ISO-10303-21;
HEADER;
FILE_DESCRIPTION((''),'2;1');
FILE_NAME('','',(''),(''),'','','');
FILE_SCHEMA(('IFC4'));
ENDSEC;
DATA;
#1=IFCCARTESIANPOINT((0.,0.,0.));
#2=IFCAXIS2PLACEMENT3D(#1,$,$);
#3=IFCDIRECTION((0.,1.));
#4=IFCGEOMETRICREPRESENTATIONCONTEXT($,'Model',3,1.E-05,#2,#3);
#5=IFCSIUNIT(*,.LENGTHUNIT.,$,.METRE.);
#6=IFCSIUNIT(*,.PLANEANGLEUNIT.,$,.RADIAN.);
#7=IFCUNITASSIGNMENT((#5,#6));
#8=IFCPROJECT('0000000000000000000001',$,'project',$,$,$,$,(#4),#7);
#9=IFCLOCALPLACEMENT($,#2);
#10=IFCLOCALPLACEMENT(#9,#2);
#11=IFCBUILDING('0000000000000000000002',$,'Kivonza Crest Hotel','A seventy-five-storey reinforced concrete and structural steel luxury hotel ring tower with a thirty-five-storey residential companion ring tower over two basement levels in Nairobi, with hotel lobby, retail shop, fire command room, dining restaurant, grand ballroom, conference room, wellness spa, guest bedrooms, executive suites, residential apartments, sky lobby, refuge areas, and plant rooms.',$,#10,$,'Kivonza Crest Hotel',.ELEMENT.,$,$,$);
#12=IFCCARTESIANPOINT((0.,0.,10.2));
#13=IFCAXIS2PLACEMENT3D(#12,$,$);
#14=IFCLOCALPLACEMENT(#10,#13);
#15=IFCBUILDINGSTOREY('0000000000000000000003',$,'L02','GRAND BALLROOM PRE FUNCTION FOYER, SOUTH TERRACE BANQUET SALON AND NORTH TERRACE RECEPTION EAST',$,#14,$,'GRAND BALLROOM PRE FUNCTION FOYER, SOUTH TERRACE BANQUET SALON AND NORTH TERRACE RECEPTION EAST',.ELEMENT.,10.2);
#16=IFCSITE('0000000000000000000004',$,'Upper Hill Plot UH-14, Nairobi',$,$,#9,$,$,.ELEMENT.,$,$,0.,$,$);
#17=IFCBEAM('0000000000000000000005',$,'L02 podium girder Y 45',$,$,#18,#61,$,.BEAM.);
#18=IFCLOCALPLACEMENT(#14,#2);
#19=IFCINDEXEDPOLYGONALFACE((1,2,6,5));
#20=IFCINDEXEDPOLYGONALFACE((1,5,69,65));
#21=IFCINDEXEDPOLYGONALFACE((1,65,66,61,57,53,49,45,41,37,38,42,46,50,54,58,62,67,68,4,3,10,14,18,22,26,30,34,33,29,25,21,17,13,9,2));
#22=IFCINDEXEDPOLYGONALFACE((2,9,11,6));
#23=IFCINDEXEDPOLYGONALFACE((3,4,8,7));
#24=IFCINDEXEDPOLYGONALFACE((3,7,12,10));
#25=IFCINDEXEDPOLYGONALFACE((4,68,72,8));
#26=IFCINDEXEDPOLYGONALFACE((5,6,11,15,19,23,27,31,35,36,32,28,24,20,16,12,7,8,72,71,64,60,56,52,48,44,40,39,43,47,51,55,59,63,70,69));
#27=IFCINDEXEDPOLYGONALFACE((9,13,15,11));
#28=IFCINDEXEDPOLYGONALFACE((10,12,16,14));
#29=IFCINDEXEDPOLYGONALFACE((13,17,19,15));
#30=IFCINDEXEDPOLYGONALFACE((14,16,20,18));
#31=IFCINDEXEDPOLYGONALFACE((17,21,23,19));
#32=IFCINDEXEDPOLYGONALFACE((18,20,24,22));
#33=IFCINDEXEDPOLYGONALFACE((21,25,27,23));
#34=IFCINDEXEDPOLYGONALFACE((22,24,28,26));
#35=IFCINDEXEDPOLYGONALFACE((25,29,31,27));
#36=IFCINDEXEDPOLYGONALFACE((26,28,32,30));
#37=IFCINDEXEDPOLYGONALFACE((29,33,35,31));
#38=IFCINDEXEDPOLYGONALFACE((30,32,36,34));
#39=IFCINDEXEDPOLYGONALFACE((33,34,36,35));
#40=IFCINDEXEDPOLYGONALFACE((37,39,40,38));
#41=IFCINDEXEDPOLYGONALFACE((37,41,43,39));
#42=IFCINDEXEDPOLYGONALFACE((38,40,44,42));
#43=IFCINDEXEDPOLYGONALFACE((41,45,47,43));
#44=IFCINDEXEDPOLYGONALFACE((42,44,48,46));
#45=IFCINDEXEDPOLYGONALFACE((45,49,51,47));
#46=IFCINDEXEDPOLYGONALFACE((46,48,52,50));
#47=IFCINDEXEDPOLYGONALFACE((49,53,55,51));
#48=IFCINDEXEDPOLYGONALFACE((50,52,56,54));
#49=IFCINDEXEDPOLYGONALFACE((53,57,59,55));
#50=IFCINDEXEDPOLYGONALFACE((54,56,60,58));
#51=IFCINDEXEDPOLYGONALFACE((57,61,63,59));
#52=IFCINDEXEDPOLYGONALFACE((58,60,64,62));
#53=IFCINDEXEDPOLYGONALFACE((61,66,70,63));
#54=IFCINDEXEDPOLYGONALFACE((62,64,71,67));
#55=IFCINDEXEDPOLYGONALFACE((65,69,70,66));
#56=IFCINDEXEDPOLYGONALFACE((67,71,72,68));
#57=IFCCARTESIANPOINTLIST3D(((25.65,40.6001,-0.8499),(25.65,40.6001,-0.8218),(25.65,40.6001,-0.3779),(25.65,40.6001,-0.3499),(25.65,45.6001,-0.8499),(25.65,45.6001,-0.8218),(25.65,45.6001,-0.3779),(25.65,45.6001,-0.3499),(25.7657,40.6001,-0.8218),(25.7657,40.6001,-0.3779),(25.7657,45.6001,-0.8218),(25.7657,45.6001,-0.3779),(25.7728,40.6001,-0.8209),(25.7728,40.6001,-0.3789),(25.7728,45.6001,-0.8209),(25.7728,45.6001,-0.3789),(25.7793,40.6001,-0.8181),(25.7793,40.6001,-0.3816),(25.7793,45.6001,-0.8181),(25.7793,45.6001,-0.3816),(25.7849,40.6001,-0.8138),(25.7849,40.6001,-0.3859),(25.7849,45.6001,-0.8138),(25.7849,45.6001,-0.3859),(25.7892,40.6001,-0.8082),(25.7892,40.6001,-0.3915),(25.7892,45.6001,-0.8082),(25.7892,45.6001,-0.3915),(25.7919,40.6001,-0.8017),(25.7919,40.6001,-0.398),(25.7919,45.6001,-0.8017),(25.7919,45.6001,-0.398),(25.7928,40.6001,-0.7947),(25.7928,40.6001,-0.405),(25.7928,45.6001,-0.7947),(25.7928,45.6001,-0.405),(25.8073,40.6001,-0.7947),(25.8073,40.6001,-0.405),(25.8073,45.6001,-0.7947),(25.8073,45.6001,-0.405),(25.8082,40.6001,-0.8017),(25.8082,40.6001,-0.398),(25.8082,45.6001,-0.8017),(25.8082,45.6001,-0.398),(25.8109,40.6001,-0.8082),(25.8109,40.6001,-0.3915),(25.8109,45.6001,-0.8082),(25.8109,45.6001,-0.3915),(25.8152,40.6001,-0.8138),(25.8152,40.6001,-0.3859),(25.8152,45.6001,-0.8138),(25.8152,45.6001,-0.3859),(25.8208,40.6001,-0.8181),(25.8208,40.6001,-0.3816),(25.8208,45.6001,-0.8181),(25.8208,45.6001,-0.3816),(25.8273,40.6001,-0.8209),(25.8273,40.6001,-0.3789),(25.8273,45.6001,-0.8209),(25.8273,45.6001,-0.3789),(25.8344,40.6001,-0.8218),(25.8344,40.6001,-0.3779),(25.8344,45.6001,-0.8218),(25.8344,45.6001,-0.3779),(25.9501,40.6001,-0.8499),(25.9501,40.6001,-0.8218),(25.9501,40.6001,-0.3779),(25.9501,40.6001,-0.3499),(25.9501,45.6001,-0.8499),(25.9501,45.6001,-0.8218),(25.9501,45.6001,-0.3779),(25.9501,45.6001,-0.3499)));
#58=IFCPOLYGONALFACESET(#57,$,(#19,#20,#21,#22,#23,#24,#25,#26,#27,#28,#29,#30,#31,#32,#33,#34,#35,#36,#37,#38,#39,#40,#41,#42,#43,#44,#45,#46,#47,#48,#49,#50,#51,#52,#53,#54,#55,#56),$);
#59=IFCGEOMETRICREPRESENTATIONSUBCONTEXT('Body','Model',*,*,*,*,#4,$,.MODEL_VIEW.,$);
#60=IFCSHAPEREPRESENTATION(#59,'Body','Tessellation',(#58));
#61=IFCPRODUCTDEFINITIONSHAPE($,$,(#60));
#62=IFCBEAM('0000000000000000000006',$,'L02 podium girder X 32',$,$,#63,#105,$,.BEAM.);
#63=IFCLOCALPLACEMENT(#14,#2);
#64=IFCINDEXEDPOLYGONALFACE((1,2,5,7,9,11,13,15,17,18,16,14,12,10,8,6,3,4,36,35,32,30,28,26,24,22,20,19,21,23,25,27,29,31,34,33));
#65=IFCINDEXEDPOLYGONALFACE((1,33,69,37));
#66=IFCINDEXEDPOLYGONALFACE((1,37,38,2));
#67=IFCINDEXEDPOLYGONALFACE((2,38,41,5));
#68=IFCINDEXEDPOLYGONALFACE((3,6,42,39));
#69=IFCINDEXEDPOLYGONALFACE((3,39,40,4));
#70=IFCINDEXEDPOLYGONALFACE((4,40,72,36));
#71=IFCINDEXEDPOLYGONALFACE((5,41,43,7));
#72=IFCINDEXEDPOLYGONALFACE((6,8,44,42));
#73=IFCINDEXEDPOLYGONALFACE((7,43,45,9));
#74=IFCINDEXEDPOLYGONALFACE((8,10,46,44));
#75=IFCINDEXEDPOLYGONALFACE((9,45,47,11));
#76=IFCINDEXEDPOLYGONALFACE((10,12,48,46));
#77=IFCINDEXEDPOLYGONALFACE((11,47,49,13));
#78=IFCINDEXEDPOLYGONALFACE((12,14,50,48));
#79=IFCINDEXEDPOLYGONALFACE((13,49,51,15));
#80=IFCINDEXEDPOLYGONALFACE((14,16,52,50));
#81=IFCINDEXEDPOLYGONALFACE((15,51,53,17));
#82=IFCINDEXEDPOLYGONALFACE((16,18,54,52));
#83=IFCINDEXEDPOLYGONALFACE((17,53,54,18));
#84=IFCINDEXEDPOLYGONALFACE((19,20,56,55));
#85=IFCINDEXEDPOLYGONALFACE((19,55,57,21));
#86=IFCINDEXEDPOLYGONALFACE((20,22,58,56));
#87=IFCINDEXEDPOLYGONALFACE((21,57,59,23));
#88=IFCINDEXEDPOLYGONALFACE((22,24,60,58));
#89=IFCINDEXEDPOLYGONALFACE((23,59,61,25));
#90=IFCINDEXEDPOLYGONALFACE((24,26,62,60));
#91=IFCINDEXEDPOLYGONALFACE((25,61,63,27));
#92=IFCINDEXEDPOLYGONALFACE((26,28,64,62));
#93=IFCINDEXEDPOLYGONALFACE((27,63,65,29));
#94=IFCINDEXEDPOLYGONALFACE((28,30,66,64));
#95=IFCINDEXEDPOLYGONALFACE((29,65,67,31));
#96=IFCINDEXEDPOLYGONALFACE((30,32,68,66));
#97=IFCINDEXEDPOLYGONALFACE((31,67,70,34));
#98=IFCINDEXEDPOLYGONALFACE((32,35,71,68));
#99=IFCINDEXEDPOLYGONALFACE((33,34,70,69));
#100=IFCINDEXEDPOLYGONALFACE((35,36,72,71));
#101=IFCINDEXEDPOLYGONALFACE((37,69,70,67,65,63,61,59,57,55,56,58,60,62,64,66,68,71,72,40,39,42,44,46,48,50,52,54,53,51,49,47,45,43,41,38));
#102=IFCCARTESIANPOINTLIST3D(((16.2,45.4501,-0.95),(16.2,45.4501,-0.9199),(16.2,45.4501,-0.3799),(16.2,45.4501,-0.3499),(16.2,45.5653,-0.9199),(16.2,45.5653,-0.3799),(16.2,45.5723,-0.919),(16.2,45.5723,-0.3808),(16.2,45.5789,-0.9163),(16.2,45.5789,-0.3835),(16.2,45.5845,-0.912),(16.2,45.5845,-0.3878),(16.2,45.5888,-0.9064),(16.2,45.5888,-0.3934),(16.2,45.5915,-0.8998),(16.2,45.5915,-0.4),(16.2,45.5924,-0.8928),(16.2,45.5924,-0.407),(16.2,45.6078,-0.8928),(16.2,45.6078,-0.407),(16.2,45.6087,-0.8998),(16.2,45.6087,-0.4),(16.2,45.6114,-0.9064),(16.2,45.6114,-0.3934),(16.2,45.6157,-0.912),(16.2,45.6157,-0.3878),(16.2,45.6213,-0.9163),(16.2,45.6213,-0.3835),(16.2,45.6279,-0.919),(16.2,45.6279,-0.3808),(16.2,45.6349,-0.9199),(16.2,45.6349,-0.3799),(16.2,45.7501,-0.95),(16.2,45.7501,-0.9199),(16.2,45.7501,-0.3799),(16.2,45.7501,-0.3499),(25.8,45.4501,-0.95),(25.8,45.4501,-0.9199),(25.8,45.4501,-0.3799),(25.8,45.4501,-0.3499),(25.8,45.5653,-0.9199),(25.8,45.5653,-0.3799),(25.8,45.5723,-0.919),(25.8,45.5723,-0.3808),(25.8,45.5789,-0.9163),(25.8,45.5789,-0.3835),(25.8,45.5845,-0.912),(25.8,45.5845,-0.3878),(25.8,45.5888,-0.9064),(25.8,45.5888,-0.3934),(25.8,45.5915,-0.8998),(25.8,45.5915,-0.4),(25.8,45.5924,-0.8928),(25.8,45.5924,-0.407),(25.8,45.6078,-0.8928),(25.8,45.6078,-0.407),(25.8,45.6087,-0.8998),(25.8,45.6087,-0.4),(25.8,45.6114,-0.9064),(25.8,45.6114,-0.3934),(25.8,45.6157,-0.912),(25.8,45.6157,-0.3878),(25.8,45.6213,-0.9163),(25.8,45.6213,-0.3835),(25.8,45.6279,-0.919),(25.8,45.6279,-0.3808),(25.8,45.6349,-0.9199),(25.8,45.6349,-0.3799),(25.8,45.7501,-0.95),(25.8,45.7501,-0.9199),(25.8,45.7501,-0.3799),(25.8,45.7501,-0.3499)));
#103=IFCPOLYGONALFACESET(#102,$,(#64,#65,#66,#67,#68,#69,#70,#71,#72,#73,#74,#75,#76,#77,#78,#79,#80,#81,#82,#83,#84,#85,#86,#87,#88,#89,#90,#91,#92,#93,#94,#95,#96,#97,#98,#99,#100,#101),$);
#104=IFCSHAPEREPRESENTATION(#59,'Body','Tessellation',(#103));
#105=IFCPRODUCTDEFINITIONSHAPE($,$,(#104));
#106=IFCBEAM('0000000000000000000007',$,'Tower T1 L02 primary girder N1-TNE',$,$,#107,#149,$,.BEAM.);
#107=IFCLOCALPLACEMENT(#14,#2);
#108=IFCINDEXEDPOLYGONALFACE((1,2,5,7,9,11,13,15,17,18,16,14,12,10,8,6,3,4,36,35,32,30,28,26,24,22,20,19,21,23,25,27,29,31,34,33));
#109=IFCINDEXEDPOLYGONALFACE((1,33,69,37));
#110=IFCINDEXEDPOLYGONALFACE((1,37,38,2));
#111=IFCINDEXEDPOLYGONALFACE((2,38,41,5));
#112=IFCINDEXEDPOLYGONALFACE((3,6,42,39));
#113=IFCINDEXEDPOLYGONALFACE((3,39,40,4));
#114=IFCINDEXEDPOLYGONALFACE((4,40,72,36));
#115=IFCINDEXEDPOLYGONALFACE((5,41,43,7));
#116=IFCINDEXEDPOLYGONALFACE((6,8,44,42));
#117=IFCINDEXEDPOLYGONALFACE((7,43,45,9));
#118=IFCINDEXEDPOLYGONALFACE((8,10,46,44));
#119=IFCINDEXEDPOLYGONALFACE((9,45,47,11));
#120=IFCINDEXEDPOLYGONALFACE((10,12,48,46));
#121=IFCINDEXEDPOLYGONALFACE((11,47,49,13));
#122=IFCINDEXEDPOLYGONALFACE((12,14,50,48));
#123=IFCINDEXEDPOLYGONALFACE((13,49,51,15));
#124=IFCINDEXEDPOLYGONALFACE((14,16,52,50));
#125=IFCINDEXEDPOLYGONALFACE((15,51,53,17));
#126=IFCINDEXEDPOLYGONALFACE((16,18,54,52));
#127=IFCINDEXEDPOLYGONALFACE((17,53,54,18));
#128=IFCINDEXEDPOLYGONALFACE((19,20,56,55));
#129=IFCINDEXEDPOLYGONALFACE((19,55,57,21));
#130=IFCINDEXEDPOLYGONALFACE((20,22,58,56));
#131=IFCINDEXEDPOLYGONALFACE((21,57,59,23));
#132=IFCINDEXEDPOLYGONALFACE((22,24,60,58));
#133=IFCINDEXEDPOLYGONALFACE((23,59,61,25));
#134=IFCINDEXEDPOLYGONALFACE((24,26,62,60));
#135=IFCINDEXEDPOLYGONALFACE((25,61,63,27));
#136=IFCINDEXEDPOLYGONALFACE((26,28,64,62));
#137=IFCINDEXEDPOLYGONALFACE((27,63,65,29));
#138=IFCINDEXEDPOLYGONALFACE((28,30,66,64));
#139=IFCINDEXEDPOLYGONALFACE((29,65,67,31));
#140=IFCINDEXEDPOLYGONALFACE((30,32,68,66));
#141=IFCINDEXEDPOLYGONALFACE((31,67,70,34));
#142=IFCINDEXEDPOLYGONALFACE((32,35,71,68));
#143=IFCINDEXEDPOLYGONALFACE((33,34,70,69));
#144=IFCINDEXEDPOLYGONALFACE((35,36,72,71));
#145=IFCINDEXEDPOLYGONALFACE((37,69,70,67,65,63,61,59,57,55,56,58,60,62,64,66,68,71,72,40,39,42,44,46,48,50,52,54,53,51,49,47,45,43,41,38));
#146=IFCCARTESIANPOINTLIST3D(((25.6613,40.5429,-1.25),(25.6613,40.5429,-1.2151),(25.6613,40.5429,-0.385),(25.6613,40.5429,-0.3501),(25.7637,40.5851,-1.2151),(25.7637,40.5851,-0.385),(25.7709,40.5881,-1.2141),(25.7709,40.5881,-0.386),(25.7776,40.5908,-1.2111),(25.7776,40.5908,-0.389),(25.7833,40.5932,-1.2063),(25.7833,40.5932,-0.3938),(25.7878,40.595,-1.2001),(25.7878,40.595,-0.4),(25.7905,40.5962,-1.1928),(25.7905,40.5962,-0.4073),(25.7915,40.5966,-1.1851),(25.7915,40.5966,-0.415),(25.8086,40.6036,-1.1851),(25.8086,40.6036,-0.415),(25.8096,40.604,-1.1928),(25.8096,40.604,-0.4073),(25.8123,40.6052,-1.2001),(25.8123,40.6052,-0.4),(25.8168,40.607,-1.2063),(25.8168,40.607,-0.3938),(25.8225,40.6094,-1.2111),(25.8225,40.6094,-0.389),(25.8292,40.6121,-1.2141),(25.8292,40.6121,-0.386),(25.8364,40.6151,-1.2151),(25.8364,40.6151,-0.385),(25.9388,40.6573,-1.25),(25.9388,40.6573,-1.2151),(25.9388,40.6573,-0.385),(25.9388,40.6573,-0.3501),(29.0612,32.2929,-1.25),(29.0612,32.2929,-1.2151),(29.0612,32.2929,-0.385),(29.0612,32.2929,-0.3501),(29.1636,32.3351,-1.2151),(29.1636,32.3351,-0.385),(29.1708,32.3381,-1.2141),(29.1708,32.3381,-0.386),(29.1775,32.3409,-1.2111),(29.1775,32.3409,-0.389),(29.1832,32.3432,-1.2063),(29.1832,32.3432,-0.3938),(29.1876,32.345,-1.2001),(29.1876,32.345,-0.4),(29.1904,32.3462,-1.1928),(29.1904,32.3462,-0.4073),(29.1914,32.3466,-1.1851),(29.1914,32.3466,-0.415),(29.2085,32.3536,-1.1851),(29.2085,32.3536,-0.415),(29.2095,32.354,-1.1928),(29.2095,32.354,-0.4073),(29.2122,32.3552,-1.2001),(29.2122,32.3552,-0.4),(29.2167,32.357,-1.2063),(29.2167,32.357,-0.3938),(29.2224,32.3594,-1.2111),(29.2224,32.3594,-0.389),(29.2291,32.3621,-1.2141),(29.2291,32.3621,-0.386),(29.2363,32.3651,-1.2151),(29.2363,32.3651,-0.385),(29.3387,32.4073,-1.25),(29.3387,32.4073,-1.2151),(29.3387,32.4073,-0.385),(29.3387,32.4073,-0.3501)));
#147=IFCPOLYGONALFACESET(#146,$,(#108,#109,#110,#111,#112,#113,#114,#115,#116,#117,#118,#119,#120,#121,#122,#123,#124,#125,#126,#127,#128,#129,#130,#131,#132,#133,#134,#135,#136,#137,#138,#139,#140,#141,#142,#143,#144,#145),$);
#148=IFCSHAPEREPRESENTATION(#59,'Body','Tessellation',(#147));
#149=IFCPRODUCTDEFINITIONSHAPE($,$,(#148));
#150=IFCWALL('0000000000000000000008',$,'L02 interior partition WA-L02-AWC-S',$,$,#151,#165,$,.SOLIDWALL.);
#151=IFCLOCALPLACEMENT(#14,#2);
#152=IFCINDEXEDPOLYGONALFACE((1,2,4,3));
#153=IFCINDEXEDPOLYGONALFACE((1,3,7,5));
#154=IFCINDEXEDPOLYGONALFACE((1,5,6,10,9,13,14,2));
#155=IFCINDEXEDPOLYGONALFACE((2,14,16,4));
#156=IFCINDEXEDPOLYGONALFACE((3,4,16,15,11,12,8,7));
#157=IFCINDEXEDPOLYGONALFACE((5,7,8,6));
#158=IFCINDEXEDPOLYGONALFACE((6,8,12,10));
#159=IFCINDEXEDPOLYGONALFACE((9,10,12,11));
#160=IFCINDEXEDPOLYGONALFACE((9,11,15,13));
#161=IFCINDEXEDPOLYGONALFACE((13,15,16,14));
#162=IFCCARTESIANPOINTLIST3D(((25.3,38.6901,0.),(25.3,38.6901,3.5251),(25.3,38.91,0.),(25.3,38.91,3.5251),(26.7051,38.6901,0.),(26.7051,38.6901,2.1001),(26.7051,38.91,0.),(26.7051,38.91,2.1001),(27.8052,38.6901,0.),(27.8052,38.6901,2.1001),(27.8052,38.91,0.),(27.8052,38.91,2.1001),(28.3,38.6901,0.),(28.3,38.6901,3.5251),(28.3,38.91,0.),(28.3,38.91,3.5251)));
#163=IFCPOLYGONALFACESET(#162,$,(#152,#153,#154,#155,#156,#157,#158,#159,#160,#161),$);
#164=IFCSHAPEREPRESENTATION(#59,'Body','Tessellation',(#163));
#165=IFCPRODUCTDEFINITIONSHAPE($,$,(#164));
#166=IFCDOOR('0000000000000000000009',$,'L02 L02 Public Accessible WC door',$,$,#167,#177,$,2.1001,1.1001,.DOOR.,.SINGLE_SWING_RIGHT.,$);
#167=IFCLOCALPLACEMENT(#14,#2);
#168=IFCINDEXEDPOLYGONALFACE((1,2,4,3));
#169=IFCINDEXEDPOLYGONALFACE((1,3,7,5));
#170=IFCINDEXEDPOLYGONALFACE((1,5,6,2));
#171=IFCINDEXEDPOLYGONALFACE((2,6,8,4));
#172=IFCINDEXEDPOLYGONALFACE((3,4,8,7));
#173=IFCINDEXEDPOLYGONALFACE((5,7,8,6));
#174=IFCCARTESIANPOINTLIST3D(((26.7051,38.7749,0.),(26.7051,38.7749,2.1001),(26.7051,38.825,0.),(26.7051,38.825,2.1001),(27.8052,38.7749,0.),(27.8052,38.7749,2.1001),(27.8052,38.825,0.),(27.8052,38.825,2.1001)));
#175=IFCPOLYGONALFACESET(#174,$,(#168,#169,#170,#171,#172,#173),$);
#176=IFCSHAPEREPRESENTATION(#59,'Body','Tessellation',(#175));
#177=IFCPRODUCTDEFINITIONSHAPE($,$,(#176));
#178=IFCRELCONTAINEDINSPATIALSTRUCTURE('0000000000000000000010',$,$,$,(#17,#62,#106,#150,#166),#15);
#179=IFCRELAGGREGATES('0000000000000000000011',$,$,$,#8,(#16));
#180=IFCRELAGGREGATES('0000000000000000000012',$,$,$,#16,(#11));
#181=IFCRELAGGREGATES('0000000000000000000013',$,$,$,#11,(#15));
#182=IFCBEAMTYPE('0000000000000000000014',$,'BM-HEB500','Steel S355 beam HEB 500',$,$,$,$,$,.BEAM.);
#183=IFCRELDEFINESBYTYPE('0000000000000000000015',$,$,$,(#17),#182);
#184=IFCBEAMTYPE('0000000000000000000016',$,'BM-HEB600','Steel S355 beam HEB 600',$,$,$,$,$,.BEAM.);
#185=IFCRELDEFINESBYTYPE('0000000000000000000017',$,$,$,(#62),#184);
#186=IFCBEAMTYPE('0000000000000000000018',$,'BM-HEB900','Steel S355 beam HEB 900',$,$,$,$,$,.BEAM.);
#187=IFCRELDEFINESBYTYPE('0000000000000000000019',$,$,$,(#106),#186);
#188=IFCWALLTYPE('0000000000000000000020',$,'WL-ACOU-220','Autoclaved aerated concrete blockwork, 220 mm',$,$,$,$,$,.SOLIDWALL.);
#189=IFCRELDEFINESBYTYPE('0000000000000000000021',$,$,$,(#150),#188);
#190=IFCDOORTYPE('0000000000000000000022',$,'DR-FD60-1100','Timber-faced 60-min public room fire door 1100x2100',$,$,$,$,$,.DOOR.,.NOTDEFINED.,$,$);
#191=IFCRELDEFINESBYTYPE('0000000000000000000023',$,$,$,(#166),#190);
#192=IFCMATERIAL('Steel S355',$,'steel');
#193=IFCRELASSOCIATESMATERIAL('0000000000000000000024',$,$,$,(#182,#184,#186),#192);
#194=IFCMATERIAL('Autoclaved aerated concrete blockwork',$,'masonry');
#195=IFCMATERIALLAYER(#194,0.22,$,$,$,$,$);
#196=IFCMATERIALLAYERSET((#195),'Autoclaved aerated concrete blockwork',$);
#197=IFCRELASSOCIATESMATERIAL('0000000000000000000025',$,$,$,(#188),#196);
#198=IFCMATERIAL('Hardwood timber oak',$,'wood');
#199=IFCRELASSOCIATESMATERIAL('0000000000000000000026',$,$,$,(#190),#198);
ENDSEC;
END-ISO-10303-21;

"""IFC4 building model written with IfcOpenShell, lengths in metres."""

from ifc_helpers import new_model, si_unit, direction, frame, frame_2d, origin, origin_2d, place, context, subcontext, project, spatial, rectangle, i_section, extrude, material, layer, layer_set, material_profile, profile_set, type_object, element, fill, save


model = new_model("IFC4")

# Units and contexts
model_context = context("Model", 3, precision=1e-05, world=origin(), true_north=direction((0.0, 1.0)))
body_context = subcontext(model_context, "Body", "Model", "MODEL_VIEW")
ifc_project = project(units=[si_unit("LENGTHUNIT", "METRE"), si_unit("PLANEANGLEUNIT", "RADIAN")], contexts=[model_context])

# Site, building, storey
site_placement = place(None, origin())
site = spatial("IfcSite", under=ifc_project, at=site_placement, Name="Upper Hill Plot UH-14, Nairobi", CompositionType="ELEMENT", RefElevation=0.0)
building_placement = place(site_placement, origin())
building = spatial("IfcBuilding", under=site, at=building_placement, Name="Kivonza Crest Hotel", Description="A seventy-five-storey reinforced concrete and structural steel luxury hotel ring tower with a thirty-five-storey residential companion ring tower over two basement levels in Nairobi, with hotel lobby, retail shop, fire command room, dining restaurant, grand ballroom, conference room, wellness spa, guest bedrooms, executive suites, residential apartments, sky lobby, refuge areas, and plant rooms.", LongName="Kivonza Crest Hotel", CompositionType="ELEMENT")
storey_placement = place(building_placement, frame((0.0, 0.0, 10.2)))
storey = spatial("IfcBuildingStorey", under=building, at=storey_placement, Name="L02", Description="GRAND BALLROOM PRE FUNCTION FOYER, SOUTH TERRACE BANQUET SALON AND NORTH TERRACE RECEPTION EAST", LongName="GRAND BALLROOM PRE FUNCTION FOYER, SOUTH TERRACE BANQUET SALON AND NORTH TERRACE RECEPTION EAST", CompositionType="ELEMENT", Elevation=10.2)

# Beams
ifc_material_1 = material(Name="Steel S355", Category="steel")
ifc_material_profile_1 = material_profile(ifc_material_1, i_section(OverallWidth=0.3, OverallDepth=0.5, WebThickness=0.0144, FlangeThickness=0.0281, FilletRadius=0.0271, at=origin_2d()), Name="HEB 500")
ifc_profile_set_1 = profile_set([ifc_material_profile_1], Name="Steel S355")
beam_type_1 = type_object("IfcBeamType", Name="BM-HEB500", Description="Steel S355 beam HEB 500", PredefinedType="BEAM", material=ifc_profile_set_1)
for number, where, z_axis, x_axis, name in (
    (1, (25.8, 40.6001, -0.5999), (0.0, 1.0, 0.0), (-1.0, 0.0, 0.0), "L02 podium girder Y 45"),
):
    element("IfcBeam", number, at=place(storey_placement, frame(where, z_axis=z_axis, x_axis=x_axis)), inside=storey, type_object=beam_type_1, Name=name, PredefinedType="BEAM", context=body_context, shape_type="SweptSolid", body=[
        extrude(i_section(OverallWidth=0.3, OverallDepth=0.5, WebThickness=0.0144, FlangeThickness=0.0281, FilletRadius=0.0271, at=origin_2d()), origin(), (0.0, 0.0, 1.0), 5.0),
    ])
ifc_material_profile_2 = material_profile(ifc_material_1, i_section(OverallWidth=0.3, OverallDepth=0.6001, WebThickness=0.0154, FlangeThickness=0.03, FilletRadius=0.0271, at=origin_2d()), Name="HEB 600")
ifc_profile_set_2 = profile_set([ifc_material_profile_2], Name="Steel S355")
beam_type_2 = type_object("IfcBeamType", Name="BM-HEB600", Description="Steel S355 beam HEB 600", PredefinedType="BEAM", material=ifc_profile_set_2)
beam_1_placement = place(storey_placement, frame((16.2, 45.6001, -0.6499), z_axis=(1.0, 0.0, 0.0), x_axis=(0.0, 1.0, 0.0)))
element("IfcBeam", 2, at=beam_1_placement, inside=storey, type_object=beam_type_2, Name="L02 podium girder X 32", PredefinedType="BEAM", context=body_context, shape_type="SweptSolid", body=[
    extrude(i_section(OverallWidth=0.3, OverallDepth=0.6001, WebThickness=0.0154, FlangeThickness=0.03, FilletRadius=0.0271, at=origin_2d()), origin(), (0.0, 0.0, 1.0), 9.6001),
])
ifc_material_profile_3 = material_profile(ifc_material_1, i_section(OverallWidth=0.3, OverallDepth=0.8999, WebThickness=0.0186, FlangeThickness=0.0349, FilletRadius=0.03, at=origin_2d()), Name="HEB 900")
ifc_profile_set_3 = profile_set([ifc_material_profile_3], Name="Steel S355")
beam_type_3 = type_object("IfcBeamType", Name="BM-HEB900", Description="Steel S355 beam HEB 900", PredefinedType="BEAM", material=ifc_profile_set_3)
beam_2_placement = place(storey_placement, frame((25.8, 40.6001, -0.8), z_axis=(0.381022, -0.924566, 0.0), x_axis=(0.924566, 0.381022, 0.0)))
element("IfcBeam", 3, at=beam_2_placement, inside=storey, type_object=beam_type_3, Name="Tower T1 L02 primary girder N1-TNE", PredefinedType="BEAM", context=body_context, shape_type="SweptSolid", body=[
    extrude(i_section(OverallWidth=0.3, OverallDepth=0.8999, WebThickness=0.0186, FlangeThickness=0.0349, FilletRadius=0.03, at=origin_2d()), origin(), (0.0, 0.0, 1.0), 8.9231),
])

# Wall, opening, door
ifc_material_2 = material(Name="Autoclaved aerated concrete blockwork", Category="masonry")
ifc_layer_1 = layer(ifc_material_2, 0.22)
ifc_layer_set_1 = layer_set([ifc_layer_1], Name="Autoclaved aerated concrete blockwork")
wall_type_1 = type_object("IfcWallType", Name="WL-ACOU-220", Description="Autoclaved aerated concrete blockwork, 220 mm", PredefinedType="SOLIDWALL", material=ifc_layer_set_1)
wall_1_placement = place(storey_placement, frame((25.3, 38.8, 0.0), z_axis=(0.0, 0.0, 1.0), x_axis=(1.0, 0.0, 0.0)))
wall_1 = element("IfcWall", 4, at=wall_1_placement, inside=storey, type_object=wall_type_1, Name="L02 interior partition WA-L02-AWC-S", PredefinedType="SOLIDWALL", context=body_context, shape_type="SweptSolid", body=[
    extrude(rectangle(XDim=3.0, YDim=0.22, at=frame_2d((1.5, 0.0))), origin(), (0.0, 0.0, 1.0), 3.5251),
])
opening_1_placement = place(wall_1_placement, frame((1.405, 0.0, 0.0)))
opening_1 = element("IfcOpeningElement", 5, at=opening_1_placement, cuts=wall_1, PredefinedType="OPENING", context=body_context, shape_type="SweptSolid", body=[
    extrude(rectangle(XDim=1.1001, YDim=2.1001, at=frame_2d((0.55, 1.05))), frame((0.0, 0.1201, 0.0), z_axis=(0.0, -1.0, 0.0), x_axis=(1.0, 0.0, 0.0)), (0.0, 0.0, 1.0), 0.24),
])
ifc_material_3 = material(Name="Hardwood timber oak", Category="wood")
door_type_1 = type_object("IfcDoorType", Name="DR-FD60-1100", Description="Timber-faced 60-min public room fire door 1100x2100", OperationType="NOTDEFINED", PredefinedType="DOOR", material=ifc_material_3)
door_1_placement = place(opening_1_placement, origin())
door_1 = element("IfcDoor", 6, at=door_1_placement, inside=storey, type_object=door_type_1, Name="L02 L02 Public Accessible WC door", OperationType="SINGLE_SWING_RIGHT", OverallHeight=2.1001, OverallWidth=1.1001, PredefinedType="DOOR", context=body_context, shape_type="SweptSolid", body=[
    extrude(rectangle(XDim=1.1001, YDim=2.1001, at=frame_2d((0.55, 1.05))), frame((0.0, 0.0249, 0.0), z_axis=(0.0, -1.0, 0.0), x_axis=(1.0, 0.0, 0.0)), (0.0, 0.0, 1.0), 0.05),
])
fill(opening_1, door_1)

save(model, "model.ifc")
